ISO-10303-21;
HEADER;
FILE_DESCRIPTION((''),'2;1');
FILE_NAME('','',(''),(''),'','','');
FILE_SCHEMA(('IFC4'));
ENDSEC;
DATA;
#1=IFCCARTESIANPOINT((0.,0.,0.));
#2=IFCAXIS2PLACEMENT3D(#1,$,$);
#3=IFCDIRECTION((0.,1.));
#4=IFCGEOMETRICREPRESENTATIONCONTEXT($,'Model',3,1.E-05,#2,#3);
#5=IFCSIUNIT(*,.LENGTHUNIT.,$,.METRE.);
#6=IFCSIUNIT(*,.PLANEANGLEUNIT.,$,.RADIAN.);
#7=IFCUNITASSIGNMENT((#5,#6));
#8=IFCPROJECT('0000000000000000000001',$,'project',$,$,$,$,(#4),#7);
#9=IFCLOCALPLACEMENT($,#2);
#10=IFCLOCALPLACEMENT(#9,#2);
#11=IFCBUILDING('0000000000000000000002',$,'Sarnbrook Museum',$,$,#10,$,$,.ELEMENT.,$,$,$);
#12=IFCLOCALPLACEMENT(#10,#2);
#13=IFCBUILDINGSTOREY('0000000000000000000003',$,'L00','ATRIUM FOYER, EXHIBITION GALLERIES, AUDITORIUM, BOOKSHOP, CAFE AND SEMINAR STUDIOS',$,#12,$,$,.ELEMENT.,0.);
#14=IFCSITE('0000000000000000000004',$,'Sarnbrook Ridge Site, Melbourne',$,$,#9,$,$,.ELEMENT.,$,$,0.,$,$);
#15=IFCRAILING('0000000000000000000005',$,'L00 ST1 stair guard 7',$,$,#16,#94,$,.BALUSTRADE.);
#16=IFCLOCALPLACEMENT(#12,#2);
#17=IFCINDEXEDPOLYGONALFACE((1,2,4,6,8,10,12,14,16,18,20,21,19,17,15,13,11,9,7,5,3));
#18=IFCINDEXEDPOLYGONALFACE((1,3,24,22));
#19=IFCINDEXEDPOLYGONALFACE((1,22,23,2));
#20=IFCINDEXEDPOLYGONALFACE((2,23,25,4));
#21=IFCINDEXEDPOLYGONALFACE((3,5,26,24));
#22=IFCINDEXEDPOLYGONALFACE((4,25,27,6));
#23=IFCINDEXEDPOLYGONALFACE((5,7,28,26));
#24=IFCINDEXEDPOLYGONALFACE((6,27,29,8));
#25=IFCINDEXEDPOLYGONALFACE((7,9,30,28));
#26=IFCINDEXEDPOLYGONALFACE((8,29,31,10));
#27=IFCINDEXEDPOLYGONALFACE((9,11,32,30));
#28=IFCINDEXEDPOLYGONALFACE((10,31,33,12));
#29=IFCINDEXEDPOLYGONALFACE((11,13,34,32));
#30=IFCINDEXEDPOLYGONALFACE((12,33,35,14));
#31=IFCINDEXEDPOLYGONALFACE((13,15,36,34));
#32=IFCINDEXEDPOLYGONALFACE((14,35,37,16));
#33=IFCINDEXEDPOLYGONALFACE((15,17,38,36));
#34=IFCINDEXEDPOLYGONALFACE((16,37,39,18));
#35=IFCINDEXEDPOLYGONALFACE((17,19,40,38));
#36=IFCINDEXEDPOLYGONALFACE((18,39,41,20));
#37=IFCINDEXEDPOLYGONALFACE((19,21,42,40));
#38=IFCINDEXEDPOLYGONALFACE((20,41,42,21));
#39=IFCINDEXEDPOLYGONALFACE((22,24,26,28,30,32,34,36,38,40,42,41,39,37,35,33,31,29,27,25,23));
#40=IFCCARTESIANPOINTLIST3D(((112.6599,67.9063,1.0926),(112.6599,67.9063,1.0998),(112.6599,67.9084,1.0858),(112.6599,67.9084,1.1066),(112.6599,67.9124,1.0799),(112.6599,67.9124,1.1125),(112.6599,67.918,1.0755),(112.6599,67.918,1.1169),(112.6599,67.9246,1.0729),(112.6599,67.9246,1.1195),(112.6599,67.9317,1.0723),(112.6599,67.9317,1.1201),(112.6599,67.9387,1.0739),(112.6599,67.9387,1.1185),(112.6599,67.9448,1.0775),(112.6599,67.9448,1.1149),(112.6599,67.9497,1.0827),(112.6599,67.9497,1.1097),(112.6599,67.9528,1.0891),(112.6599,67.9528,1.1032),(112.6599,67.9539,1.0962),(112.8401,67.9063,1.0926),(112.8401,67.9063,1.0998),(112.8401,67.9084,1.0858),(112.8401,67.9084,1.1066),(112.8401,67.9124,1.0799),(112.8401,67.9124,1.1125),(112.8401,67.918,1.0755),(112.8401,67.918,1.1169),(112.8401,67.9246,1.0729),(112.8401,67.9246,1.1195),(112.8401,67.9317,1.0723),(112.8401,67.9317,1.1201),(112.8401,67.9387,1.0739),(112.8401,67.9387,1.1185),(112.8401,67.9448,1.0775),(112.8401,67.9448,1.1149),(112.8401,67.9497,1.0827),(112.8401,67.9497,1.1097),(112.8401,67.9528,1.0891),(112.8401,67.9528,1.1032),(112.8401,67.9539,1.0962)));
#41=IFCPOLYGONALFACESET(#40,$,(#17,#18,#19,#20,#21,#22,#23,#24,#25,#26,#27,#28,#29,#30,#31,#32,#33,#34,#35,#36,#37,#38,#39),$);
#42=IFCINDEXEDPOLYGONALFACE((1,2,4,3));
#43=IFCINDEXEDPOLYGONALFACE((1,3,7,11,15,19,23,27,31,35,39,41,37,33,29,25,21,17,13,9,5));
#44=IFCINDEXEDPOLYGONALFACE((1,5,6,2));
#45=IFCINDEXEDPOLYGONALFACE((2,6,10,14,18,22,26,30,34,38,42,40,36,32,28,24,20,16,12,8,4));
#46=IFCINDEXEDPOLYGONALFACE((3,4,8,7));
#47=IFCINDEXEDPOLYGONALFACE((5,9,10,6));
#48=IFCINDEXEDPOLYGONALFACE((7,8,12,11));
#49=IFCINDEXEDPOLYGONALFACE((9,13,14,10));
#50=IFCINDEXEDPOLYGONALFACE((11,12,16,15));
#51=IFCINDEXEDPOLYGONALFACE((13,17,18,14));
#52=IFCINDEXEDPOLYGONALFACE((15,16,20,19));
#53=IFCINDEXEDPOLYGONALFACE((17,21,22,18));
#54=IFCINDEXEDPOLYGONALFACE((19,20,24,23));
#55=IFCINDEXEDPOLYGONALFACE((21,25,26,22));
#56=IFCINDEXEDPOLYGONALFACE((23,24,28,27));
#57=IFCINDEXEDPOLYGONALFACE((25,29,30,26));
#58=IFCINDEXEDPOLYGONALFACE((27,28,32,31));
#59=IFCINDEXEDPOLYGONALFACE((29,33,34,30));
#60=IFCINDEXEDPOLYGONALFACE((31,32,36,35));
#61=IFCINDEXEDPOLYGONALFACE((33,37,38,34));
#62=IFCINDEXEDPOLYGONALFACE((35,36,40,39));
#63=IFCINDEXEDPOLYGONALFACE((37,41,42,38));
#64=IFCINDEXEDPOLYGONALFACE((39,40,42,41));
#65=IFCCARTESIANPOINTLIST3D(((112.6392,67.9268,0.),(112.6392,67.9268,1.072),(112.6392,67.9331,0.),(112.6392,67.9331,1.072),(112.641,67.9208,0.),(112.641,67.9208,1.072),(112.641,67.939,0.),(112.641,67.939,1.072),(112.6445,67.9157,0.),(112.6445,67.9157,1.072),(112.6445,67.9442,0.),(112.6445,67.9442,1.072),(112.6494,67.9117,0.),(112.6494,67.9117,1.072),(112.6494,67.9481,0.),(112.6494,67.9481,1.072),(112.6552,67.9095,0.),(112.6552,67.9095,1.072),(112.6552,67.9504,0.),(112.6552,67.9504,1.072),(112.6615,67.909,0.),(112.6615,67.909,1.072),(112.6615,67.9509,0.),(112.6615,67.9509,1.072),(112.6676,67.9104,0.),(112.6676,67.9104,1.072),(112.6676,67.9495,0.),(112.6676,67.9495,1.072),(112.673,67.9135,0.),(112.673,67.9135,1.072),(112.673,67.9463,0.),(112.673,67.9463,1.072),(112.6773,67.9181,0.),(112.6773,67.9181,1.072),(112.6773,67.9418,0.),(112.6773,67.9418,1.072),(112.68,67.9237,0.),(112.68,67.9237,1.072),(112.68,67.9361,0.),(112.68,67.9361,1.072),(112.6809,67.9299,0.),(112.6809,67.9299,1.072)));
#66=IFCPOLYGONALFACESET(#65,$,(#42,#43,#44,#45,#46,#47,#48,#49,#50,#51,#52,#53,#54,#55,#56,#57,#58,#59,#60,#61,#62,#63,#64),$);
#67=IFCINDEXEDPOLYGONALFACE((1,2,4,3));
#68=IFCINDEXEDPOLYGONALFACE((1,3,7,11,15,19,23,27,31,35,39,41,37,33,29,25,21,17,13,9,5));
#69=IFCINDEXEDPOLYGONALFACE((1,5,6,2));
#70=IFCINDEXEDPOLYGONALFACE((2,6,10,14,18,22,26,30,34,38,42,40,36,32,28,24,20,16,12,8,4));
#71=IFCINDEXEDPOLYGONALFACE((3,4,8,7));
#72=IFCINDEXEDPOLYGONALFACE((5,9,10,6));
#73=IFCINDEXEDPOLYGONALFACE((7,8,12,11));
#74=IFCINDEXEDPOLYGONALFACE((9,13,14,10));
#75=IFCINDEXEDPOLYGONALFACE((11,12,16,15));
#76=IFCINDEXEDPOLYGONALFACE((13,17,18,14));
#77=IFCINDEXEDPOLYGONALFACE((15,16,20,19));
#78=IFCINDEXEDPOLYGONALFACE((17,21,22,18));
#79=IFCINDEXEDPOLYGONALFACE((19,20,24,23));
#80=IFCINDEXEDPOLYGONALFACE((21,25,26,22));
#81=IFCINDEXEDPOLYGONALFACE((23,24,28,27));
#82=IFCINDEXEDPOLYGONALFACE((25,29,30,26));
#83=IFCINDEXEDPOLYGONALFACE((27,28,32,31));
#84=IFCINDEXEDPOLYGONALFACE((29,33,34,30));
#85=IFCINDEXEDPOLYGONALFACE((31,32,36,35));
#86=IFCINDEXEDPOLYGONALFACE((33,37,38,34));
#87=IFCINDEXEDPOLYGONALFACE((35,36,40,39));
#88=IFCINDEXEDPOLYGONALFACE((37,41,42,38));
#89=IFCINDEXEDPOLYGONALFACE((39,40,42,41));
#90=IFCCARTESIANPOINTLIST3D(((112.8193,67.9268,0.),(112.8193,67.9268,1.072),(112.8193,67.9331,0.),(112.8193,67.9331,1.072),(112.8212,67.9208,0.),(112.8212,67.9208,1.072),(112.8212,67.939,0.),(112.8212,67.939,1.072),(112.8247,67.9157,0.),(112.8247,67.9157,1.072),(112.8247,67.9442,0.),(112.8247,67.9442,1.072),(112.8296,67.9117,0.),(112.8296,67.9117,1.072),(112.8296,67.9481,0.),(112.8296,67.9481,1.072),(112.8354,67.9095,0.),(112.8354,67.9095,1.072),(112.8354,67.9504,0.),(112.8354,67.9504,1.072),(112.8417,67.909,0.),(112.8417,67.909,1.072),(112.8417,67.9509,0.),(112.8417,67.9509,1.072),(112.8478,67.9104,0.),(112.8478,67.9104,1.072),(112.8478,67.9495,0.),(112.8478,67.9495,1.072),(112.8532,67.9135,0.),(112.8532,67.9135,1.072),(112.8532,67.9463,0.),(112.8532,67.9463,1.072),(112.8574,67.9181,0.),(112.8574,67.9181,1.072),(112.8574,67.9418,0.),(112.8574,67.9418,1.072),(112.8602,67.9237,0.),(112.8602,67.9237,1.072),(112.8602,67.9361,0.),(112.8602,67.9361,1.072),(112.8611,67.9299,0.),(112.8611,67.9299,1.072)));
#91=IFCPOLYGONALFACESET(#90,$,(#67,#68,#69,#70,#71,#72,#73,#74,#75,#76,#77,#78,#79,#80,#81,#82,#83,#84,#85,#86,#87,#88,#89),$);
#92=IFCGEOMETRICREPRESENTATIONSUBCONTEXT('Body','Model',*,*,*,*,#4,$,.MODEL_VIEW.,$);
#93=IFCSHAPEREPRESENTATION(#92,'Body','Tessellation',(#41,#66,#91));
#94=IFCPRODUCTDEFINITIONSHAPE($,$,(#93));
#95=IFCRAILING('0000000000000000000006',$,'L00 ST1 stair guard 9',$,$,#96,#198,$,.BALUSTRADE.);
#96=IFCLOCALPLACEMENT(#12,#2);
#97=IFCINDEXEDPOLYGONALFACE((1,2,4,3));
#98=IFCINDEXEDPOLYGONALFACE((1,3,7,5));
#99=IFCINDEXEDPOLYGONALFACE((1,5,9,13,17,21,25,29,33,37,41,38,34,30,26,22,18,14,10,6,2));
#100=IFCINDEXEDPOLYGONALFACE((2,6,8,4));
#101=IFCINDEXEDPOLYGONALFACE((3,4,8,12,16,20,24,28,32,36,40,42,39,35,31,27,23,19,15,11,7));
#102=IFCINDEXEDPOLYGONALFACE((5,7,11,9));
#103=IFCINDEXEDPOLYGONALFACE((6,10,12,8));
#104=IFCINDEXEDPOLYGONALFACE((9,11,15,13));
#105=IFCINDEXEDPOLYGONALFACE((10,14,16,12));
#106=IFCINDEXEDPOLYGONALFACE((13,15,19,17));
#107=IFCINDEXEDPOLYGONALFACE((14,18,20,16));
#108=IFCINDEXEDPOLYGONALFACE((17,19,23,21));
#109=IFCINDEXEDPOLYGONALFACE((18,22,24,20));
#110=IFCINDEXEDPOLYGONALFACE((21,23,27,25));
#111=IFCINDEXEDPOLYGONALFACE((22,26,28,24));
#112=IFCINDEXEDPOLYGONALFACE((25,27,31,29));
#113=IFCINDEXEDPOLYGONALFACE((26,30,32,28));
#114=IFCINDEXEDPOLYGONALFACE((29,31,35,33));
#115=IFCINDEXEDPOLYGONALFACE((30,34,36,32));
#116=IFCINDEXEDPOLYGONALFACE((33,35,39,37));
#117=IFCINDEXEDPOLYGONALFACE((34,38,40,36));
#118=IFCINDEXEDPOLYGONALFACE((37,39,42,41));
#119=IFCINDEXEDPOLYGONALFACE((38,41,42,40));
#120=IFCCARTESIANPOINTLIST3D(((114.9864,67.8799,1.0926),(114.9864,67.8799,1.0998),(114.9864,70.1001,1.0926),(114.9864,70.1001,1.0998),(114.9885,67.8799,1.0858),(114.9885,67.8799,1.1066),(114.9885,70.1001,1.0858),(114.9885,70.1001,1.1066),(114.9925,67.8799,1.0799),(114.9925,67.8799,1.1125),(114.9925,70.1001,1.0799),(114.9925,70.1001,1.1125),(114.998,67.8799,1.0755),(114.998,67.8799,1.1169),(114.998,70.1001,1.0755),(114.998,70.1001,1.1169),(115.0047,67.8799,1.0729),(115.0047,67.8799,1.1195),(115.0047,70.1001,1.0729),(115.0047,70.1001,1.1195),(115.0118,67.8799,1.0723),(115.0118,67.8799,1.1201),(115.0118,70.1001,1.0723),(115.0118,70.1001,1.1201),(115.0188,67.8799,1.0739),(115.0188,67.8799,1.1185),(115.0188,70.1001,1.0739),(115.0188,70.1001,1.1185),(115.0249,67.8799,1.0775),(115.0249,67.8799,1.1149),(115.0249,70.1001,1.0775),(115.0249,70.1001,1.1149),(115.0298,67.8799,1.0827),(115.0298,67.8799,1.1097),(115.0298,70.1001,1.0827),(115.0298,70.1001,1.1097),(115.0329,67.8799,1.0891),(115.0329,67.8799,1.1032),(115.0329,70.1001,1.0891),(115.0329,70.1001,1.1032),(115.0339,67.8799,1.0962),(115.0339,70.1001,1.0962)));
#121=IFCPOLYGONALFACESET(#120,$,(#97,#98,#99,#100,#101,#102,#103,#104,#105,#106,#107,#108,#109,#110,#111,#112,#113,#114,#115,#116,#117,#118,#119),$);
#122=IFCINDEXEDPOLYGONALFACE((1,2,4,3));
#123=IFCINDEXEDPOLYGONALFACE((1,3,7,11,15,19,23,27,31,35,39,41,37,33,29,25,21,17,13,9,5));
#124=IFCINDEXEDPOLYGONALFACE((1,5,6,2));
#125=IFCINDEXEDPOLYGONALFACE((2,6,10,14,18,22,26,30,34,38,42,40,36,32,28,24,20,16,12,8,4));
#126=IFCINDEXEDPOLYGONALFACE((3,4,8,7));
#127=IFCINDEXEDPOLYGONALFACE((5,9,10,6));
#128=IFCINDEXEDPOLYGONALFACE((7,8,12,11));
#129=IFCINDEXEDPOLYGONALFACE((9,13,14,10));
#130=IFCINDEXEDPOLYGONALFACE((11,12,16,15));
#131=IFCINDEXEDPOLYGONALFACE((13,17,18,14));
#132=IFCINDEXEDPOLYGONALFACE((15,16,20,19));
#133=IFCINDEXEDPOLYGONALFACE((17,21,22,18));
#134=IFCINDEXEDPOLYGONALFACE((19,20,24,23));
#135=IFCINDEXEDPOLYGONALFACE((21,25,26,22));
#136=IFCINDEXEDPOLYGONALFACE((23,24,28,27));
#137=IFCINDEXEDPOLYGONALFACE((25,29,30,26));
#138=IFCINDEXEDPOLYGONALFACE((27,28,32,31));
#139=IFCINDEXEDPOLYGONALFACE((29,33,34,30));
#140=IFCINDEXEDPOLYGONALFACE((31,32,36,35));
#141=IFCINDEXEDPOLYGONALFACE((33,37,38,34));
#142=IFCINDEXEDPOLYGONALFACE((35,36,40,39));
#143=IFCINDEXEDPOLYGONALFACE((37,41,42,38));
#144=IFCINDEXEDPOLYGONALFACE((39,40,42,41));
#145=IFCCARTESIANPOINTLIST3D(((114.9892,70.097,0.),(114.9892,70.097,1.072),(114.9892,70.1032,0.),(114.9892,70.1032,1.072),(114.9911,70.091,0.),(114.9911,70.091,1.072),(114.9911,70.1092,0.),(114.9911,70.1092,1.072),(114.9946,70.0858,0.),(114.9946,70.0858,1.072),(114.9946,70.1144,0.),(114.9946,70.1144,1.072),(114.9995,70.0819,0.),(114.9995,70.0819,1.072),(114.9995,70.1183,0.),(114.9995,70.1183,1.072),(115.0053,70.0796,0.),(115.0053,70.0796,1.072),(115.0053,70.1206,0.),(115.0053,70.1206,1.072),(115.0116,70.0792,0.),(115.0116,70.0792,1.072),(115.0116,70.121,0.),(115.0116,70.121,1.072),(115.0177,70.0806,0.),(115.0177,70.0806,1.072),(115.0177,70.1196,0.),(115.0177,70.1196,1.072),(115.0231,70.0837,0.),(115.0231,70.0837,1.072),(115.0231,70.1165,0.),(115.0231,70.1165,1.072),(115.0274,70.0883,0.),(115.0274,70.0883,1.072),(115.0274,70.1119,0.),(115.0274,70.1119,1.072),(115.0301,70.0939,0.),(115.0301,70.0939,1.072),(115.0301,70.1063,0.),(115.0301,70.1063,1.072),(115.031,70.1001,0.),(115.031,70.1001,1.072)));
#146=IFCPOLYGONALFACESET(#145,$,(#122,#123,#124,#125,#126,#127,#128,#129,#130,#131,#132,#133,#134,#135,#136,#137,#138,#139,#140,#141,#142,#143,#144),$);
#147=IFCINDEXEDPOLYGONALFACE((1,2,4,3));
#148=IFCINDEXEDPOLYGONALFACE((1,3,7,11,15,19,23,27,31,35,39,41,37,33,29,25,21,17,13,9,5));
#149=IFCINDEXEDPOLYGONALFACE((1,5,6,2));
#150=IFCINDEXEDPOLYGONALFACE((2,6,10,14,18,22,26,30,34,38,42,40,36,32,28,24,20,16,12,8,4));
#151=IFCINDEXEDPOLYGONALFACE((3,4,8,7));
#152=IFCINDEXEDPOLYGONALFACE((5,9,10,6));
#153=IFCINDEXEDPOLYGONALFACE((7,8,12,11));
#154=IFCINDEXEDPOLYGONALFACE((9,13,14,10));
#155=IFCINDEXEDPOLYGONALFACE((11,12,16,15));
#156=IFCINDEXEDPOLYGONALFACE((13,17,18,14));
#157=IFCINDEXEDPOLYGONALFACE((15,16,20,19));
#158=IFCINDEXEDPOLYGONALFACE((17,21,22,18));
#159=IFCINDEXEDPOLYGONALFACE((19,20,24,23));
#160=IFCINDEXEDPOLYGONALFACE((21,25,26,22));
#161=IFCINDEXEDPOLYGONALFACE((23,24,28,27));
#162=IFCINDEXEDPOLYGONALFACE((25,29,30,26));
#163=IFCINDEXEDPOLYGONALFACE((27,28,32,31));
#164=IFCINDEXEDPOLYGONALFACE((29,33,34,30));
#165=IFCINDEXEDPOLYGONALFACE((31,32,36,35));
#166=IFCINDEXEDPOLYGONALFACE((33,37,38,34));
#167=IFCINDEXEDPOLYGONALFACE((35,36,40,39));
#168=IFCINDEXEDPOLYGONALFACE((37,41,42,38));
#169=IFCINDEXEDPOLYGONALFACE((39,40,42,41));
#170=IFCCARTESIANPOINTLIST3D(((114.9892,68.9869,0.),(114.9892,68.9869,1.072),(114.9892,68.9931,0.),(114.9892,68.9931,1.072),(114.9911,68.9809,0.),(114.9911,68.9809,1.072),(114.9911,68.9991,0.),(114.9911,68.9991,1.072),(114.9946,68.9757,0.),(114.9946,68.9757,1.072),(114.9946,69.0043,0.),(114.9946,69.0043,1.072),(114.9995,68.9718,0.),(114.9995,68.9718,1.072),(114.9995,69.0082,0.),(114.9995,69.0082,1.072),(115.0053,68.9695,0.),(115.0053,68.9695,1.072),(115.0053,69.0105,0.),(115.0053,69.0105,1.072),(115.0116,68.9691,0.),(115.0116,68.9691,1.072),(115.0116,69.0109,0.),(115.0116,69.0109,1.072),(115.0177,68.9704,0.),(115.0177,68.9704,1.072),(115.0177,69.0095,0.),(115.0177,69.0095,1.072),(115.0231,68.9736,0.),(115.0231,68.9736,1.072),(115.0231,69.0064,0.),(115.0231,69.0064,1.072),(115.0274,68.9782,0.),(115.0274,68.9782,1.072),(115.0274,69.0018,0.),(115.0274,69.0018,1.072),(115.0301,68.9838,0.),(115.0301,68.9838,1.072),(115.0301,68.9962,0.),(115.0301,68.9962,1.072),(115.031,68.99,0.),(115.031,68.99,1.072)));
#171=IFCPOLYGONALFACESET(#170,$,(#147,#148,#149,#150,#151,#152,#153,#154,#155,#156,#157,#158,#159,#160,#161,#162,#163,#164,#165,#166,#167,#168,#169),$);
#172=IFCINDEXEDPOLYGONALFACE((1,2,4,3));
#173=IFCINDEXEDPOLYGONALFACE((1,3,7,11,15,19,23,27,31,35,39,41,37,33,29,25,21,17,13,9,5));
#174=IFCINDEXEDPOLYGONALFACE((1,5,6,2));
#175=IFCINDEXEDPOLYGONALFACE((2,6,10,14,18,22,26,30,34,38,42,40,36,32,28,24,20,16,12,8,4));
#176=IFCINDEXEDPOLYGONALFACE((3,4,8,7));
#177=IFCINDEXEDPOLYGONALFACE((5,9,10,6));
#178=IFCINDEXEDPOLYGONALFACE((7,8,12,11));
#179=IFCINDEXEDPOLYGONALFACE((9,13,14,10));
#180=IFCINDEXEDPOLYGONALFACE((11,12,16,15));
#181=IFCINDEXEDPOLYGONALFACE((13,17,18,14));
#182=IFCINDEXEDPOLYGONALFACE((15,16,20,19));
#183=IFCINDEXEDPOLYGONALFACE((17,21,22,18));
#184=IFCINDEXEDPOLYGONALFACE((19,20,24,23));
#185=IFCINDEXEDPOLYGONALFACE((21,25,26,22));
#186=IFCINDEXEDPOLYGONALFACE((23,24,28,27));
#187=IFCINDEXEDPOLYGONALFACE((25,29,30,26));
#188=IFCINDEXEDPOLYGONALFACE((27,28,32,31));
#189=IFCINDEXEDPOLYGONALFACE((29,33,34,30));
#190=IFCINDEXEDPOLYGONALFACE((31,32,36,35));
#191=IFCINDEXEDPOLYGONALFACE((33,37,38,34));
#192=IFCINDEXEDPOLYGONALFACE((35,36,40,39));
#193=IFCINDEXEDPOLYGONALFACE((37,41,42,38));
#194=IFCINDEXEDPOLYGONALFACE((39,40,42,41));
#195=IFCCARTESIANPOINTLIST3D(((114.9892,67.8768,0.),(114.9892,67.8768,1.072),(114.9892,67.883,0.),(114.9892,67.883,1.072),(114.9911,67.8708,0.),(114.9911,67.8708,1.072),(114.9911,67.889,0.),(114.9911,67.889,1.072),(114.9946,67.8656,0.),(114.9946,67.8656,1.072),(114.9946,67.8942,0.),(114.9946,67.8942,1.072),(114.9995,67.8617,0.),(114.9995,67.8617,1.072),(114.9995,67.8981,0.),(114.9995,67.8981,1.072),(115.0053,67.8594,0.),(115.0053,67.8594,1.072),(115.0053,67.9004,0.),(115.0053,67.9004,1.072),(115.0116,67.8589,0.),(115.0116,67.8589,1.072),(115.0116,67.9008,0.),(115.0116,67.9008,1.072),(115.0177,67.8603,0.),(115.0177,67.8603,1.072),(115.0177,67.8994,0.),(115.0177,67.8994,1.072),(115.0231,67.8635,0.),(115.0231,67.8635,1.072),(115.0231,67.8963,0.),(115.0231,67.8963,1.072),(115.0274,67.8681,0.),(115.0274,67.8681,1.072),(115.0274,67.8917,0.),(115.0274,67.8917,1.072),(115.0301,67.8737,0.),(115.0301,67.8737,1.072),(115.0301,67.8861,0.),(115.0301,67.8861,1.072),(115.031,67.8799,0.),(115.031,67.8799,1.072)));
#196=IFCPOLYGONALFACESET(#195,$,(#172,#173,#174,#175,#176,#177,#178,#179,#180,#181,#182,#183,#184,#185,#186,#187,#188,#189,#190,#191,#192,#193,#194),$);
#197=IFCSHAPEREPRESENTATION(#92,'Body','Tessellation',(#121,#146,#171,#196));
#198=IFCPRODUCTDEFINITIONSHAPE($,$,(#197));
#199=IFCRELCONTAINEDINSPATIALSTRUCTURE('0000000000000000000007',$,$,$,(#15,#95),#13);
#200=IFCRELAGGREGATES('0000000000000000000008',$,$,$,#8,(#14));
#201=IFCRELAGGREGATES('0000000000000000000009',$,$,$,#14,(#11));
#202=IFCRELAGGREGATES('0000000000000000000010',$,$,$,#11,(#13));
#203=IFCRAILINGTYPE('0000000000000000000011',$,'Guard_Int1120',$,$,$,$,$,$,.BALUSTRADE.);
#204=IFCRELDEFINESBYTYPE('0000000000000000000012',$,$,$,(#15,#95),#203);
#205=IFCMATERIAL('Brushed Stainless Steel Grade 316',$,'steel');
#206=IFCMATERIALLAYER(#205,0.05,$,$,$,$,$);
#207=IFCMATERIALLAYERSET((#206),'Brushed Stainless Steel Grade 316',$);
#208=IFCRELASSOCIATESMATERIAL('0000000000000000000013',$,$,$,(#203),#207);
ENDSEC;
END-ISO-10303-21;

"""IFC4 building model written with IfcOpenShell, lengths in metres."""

from ifc_helpers import new_model, si_unit, direction, frame, origin, origin_2d, place, context, subcontext, project, spatial, circle, extrude, material, layer, layer_set, type_object, element, save


model = new_model("IFC4")

# Units and contexts
model_context = context("Model", 3, precision=1e-05, world=origin(), true_north=direction((0.0, 1.0)))
body_context = subcontext(model_context, "Body", "Model", "MODEL_VIEW")
ifc_project = project(units=[si_unit("LENGTHUNIT", "METRE"), si_unit("PLANEANGLEUNIT", "RADIAN")], contexts=[model_context])

# Site, building, storey
site_placement = place(None, origin())
site = spatial("IfcSite", under=ifc_project, at=site_placement, Name="Sarnbrook Ridge Site, Melbourne", CompositionType="ELEMENT", RefElevation=0.0)
building_placement = place(site_placement, origin())
building = spatial("IfcBuilding", under=site, at=building_placement, Name="Sarnbrook Museum", CompositionType="ELEMENT")
storey_placement = place(building_placement, origin())
storey = spatial("IfcBuildingStorey", under=building, at=storey_placement, Name="L00", Description="ATRIUM FOYER, EXHIBITION GALLERIES, AUDITORIUM, BOOKSHOP, CAFE AND SEMINAR STUDIOS", CompositionType="ELEMENT", Elevation=0.0)

# Shared definitions
ifc_material_1 = material(Name="Brushed Stainless Steel Grade 316", Category="steel")

# Railings
ifc_layer_1 = layer(ifc_material_1, 0.05)
ifc_layer_set_1 = layer_set([ifc_layer_1], Name="Brushed Stainless Steel Grade 316")
railing_type_1 = type_object("IfcRailingType", Name="Guard_Int1120", PredefinedType="BALUSTRADE", material=ifc_layer_set_1)
railing_1_placement = place(storey_placement, frame((112.6599, 67.9299, 0.0)))
element("IfcRailing", 1, at=railing_1_placement, inside=storey, type_object=railing_type_1, Name="L00 ST1 stair guard 7", PredefinedType="BALUSTRADE", context=body_context, shape_type="SweptSolid", body=[
    extrude(circle(Radius=0.0239, at=origin_2d()), frame((0.0, 0.0, 1.0962), z_axis=(1.0, 0.0, 0.0), x_axis=(0.0, 1.0, 0.0)), (0.0, 0.0, 1.0), 0.1802),
    extrude(circle(Radius=0.021, at=origin_2d()), origin(), (0.0, 0.0, 1.0), 1.072),
    extrude(circle(Radius=0.021, at=origin_2d()), frame((0.1802, 0.0, 0.0)), (0.0, 0.0, 1.0), 1.072),
])
railing_2_placement = place(storey_placement, frame((115.01, 70.1001, 0.0)))
element("IfcRailing", 2, at=railing_2_placement, inside=storey, type_object=railing_type_1, Name="L00 ST1 stair guard 9", PredefinedType="BALUSTRADE", context=body_context, shape_type="SweptSolid", body=[
    extrude(circle(Radius=0.0239, at=origin_2d()), frame((0.0, 0.0, 1.0962), z_axis=(0.0, -1.0, 0.0), x_axis=(1.0, 0.0, 0.0)), (0.0, 0.0, 1.0), 2.2202),
    extrude(circle(Radius=0.021, at=origin_2d()), origin(), (0.0, 0.0, 1.0), 1.072),
    extrude(circle(Radius=0.021, at=origin_2d()), frame((0.0, -1.1101, 0.0)), (0.0, 0.0, 1.0), 1.072),
    extrude(circle(Radius=0.021, at=origin_2d()), frame((0.0, -2.2202, 0.0)), (0.0, 0.0, 1.0), 1.072),
])

save(model, "model.ifc")
